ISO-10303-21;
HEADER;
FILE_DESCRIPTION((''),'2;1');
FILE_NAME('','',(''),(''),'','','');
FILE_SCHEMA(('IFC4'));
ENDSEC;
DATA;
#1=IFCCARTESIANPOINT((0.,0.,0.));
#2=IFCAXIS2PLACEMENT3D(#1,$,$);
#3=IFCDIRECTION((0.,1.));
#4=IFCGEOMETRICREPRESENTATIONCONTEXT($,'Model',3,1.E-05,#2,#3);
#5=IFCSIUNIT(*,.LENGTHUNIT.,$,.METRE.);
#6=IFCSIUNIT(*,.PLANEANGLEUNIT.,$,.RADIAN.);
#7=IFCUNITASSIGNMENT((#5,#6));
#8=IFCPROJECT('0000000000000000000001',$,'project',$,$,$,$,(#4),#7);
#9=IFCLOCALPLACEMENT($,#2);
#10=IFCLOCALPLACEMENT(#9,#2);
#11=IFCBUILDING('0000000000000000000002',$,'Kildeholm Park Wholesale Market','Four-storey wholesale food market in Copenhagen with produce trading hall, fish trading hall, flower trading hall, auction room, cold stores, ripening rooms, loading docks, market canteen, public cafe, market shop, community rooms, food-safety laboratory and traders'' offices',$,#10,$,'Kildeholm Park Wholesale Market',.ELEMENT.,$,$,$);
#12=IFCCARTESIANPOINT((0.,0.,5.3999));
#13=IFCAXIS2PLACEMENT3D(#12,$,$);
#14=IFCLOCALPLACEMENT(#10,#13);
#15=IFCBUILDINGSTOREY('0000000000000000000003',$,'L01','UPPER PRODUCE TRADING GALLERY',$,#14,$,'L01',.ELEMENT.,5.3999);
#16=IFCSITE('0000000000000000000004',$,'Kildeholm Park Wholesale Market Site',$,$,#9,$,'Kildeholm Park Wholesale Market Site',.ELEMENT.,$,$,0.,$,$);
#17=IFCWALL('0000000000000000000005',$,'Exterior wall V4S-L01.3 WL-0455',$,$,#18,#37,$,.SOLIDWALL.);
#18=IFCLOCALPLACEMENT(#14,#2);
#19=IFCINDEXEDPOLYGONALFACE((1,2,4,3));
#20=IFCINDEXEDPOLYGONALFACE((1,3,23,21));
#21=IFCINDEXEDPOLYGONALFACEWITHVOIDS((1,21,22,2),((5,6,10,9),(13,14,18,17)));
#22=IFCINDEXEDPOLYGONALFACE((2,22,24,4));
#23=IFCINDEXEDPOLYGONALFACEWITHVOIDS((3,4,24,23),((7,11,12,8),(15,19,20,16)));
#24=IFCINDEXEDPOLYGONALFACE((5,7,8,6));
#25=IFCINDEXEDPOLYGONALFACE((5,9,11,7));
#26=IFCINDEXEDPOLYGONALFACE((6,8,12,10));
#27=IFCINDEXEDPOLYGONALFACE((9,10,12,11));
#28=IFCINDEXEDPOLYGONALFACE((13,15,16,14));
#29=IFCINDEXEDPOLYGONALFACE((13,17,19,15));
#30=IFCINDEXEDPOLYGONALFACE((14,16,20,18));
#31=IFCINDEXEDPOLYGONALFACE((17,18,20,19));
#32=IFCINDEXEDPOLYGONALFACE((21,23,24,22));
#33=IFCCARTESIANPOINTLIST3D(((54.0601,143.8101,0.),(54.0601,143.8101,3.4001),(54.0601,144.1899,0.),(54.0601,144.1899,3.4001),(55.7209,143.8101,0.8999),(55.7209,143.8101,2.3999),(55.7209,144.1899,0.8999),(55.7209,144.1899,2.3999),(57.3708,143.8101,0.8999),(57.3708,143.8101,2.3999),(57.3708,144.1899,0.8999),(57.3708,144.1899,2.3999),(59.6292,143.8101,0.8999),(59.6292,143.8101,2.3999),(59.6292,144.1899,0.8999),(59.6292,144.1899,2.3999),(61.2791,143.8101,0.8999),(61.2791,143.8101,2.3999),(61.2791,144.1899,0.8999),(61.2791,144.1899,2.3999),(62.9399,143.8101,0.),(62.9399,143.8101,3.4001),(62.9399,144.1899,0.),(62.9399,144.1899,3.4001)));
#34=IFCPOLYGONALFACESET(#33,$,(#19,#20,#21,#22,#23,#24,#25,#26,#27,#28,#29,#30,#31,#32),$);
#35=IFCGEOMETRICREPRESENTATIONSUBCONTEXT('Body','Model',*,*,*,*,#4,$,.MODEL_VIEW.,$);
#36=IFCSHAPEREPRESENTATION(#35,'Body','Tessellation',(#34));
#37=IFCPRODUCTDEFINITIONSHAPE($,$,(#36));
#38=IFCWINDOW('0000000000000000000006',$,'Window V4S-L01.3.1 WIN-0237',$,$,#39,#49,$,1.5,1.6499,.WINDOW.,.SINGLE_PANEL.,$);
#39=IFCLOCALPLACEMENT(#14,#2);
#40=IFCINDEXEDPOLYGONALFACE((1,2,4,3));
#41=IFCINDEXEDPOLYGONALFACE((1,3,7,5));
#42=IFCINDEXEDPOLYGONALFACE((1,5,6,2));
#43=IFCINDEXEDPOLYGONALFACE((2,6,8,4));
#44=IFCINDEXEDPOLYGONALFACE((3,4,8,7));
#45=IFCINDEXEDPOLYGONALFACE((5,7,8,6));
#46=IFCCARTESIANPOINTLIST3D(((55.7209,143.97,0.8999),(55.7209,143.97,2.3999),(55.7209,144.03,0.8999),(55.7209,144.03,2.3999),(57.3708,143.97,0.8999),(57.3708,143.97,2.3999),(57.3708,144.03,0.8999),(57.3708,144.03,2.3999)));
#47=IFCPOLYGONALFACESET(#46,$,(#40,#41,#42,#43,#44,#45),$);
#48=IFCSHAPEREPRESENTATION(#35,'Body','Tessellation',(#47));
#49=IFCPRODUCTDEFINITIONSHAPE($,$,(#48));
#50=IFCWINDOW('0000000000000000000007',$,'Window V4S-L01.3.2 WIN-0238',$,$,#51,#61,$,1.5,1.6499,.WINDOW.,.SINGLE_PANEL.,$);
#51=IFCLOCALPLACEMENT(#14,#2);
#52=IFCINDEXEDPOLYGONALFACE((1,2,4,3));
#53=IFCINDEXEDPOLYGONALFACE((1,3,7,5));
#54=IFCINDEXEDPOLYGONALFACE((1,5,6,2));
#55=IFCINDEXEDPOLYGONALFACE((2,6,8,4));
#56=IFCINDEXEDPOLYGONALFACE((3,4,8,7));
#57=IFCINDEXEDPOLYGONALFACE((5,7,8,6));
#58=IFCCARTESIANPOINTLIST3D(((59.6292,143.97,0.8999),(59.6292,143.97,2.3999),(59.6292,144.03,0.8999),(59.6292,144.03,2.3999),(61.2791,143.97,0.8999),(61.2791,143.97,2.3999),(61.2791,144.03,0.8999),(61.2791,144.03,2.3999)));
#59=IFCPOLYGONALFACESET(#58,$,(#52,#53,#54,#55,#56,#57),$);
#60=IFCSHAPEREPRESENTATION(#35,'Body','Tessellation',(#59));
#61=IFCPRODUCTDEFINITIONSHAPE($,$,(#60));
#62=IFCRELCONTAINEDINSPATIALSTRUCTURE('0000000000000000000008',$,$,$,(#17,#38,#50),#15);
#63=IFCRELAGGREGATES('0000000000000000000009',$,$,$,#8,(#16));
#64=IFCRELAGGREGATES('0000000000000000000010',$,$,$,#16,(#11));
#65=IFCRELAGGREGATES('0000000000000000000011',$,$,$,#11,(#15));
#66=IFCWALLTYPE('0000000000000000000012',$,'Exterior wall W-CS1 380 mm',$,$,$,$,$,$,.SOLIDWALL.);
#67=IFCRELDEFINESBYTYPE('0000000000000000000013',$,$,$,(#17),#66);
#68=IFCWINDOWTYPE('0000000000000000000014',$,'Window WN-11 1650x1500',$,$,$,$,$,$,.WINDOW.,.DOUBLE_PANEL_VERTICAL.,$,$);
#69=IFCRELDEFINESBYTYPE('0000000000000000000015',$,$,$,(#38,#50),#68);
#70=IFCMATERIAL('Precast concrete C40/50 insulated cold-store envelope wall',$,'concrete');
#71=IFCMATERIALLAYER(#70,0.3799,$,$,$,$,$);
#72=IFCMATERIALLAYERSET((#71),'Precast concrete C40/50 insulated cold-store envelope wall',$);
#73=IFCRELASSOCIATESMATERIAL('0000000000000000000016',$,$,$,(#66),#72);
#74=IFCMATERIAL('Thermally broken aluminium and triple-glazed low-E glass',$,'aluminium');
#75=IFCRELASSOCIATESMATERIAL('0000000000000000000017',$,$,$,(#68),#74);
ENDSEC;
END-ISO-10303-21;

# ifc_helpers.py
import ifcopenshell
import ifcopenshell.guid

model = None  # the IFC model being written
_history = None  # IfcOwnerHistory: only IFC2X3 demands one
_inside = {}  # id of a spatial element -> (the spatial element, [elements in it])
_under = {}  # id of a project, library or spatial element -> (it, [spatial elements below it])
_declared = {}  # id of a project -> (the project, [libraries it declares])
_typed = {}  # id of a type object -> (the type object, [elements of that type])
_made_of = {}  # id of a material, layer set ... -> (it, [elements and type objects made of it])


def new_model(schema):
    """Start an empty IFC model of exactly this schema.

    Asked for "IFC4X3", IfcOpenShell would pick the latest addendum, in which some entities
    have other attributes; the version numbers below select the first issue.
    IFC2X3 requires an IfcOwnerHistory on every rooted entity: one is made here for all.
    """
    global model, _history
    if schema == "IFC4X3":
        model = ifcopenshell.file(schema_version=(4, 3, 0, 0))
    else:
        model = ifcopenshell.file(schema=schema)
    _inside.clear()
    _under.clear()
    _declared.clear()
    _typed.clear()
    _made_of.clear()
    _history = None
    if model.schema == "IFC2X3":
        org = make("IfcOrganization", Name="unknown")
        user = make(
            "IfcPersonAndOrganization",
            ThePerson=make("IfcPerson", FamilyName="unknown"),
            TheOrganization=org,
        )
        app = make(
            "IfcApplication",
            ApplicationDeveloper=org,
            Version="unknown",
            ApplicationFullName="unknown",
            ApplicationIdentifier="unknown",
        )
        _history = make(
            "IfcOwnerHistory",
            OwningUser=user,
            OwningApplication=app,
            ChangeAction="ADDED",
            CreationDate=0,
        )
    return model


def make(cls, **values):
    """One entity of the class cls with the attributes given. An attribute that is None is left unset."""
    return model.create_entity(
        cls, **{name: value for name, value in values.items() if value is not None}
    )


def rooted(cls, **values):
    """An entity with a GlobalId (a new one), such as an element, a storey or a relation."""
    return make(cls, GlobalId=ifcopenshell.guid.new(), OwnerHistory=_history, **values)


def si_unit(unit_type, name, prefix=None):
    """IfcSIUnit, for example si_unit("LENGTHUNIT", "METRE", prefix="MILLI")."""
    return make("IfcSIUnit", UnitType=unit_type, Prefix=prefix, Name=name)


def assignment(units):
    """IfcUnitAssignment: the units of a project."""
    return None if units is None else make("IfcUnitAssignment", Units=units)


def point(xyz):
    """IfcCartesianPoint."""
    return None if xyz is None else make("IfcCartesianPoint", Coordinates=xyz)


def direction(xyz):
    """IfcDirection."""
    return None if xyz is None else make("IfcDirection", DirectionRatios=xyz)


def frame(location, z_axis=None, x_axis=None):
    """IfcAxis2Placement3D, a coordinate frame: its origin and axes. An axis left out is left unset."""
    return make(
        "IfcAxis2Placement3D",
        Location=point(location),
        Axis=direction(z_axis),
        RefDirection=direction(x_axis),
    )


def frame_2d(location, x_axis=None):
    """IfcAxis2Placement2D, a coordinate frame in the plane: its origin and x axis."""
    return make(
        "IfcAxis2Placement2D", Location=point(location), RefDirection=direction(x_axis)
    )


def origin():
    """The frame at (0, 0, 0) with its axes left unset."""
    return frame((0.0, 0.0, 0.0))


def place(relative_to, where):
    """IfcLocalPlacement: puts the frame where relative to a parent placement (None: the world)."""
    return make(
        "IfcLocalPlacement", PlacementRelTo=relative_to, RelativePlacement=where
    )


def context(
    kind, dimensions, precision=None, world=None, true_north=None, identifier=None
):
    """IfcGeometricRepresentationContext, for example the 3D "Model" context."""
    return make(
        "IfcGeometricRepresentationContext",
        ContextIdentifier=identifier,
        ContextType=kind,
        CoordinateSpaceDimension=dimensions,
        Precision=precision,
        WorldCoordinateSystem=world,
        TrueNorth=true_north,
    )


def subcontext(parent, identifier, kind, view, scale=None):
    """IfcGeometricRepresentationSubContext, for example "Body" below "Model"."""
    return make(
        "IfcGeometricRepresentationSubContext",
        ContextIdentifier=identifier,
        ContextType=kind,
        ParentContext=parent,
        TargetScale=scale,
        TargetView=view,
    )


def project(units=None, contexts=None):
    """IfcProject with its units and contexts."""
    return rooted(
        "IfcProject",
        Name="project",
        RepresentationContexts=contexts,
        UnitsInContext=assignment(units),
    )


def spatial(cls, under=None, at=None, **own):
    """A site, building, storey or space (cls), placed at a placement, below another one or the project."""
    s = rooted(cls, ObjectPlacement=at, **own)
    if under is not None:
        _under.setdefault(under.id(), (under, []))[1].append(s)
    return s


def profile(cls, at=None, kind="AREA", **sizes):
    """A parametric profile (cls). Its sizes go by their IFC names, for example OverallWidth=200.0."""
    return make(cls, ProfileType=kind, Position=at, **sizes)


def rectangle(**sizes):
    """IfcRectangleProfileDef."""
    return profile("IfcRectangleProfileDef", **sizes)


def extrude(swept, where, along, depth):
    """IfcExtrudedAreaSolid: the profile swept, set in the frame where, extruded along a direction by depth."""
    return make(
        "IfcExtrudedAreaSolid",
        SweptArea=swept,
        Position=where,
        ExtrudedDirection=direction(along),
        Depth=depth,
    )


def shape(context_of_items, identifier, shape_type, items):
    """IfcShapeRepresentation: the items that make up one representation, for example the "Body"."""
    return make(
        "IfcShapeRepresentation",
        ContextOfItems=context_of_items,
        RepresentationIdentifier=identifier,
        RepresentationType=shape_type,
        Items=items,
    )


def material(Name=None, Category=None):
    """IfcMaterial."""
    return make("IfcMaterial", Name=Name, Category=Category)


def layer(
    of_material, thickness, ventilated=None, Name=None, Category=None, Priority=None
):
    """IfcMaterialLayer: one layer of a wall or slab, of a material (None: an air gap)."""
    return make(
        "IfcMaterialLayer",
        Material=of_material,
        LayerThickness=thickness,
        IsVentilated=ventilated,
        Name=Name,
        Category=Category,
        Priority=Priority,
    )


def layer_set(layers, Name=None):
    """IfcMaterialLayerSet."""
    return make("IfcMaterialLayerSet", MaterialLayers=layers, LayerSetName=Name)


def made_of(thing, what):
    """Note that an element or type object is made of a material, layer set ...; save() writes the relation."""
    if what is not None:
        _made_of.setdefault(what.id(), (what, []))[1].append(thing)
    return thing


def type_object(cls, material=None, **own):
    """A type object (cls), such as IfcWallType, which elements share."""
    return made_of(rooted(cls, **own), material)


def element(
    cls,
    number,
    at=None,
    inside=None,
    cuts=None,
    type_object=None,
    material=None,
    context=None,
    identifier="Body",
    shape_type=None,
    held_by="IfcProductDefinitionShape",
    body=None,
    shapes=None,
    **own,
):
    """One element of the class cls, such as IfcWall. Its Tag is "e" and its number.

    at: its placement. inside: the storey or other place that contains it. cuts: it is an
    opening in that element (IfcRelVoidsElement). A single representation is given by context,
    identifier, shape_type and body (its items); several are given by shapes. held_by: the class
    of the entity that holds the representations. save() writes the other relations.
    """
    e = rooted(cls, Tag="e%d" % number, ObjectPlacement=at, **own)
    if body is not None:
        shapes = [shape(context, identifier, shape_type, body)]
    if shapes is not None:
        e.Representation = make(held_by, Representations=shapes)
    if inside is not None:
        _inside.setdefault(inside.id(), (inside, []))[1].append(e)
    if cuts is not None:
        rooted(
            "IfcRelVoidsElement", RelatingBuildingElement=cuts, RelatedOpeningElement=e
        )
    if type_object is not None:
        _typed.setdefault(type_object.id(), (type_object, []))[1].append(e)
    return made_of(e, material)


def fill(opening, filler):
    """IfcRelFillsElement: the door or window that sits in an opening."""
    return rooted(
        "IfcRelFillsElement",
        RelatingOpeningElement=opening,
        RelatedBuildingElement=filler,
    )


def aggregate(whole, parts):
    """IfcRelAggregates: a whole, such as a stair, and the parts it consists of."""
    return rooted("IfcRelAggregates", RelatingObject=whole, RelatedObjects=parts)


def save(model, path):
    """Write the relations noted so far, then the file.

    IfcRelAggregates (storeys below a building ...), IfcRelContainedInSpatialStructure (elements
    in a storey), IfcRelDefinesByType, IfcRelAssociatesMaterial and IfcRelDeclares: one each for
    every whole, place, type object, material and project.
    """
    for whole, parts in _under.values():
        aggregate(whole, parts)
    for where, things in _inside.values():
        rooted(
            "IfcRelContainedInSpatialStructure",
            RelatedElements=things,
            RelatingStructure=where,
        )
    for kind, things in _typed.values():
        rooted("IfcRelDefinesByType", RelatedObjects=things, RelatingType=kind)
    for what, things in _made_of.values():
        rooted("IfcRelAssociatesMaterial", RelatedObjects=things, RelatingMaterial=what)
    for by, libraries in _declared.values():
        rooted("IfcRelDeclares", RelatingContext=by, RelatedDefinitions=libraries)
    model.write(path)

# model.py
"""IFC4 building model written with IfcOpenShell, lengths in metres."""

from ifc_helpers import new_model, si_unit, direction, frame, frame_2d, origin, place, context, subcontext, project, spatial, rectangle, extrude, material, layer, layer_set, type_object, element, fill, save


model = new_model("IFC4")

# Units and contexts
model_context = context("Model", 3, precision=1e-05, world=origin(), true_north=direction((0.0, 1.0)))
body_context = subcontext(model_context, "Body", "Model", "MODEL_VIEW")
ifc_project = project(units=[si_unit("LENGTHUNIT", "METRE"), si_unit("PLANEANGLEUNIT", "RADIAN")], contexts=[model_context])

# Site, building, storey
site_placement = place(None, origin())
site = spatial("IfcSite", under=ifc_project, at=site_placement, Name="Kildeholm Park Wholesale Market Site", LongName="Kildeholm Park Wholesale Market Site", CompositionType="ELEMENT", RefElevation=0.0)
building_placement = place(site_placement, origin())
building = spatial("IfcBuilding", under=site, at=building_placement, Name="Kildeholm Park Wholesale Market", Description="Four-storey wholesale food market in Copenhagen with produce trading hall, fish trading hall, flower trading hall, auction room, cold stores, ripening rooms, loading docks, market canteen, public cafe, market shop, community rooms, food-safety laboratory and traders' offices", LongName="Kildeholm Park Wholesale Market", CompositionType="ELEMENT")
storey_placement = place(building_placement, frame((0.0, 0.0, 5.3999)))
storey = spatial("IfcBuildingStorey", under=building, at=storey_placement, Name="L01", Description="UPPER PRODUCE TRADING GALLERY", LongName="L01", CompositionType="ELEMENT", Elevation=5.3999)

# Wall, openings, windows
ifc_material_1 = material(Name="Precast concrete C40/50 insulated cold-store envelope wall", Category="concrete")
ifc_layer = layer(ifc_material_1, 0.3799)
ifc_layer_set = layer_set([ifc_layer], Name="Precast concrete C40/50 insulated cold-store envelope wall")
wall_type = type_object("IfcWallType", Name="Exterior wall W-CS1 380 mm", PredefinedType="SOLIDWALL", material=ifc_layer_set)
ifc_material_2 = material(Name="Thermally broken aluminium and triple-glazed low-E glass", Category="aluminium")
window_type_1 = type_object("IfcWindowType", Name="Window WN-11 1650x1500", PartitioningType="DOUBLE_PANEL_VERTICAL", PredefinedType="WINDOW", material=ifc_material_2)
wall_1_placement = place(storey_placement, frame((54.0601, 144.0, 0.0), z_axis=(0.0, 0.0, 1.0), x_axis=(1.0, 0.0, 0.0)))
wall_1 = element("IfcWall", 1, at=wall_1_placement, inside=storey, type_object=wall_type, Name="Exterior wall V4S-L01.3 WL-0455", PredefinedType="SOLIDWALL", context=body_context, shape_type="SweptSolid", body=[
    extrude(rectangle(XDim=8.8799, YDim=0.3799, at=frame_2d((4.4399, 0.0))), origin(), (0.0, 0.0, 1.0), 3.4001),
])
opening_1_placement = place(wall_1_placement, frame((1.6609, 0.0, 0.8999)))
opening_1 = element("IfcOpeningElement", 2, at=opening_1_placement, cuts=wall_1, PredefinedType="OPENING", context=body_context, shape_type="SweptSolid", body=[
    extrude(rectangle(XDim=1.6499, YDim=1.5, at=frame_2d((0.825, 0.75))), frame((0.0, 0.2, 0.0), z_axis=(0.0, -1.0, 0.0), x_axis=(1.0, 0.0, 0.0)), (0.0, 0.0, 1.0), 0.3999),
])
opening_2_placement = place(wall_1_placement, frame((5.5691, 0.0, 0.8999)))
opening_2 = element("IfcOpeningElement", 3, at=opening_2_placement, cuts=wall_1, PredefinedType="OPENING", context=body_context, shape_type="SweptSolid", body=[
    extrude(rectangle(XDim=1.6499, YDim=1.5, at=frame_2d((0.825, 0.75))), frame((0.0, 0.2, 0.0), z_axis=(0.0, -1.0, 0.0), x_axis=(1.0, 0.0, 0.0)), (0.0, 0.0, 1.0), 0.3999),
])
window_1_placement = place(opening_1_placement, origin())
window_1 = element("IfcWindow", 4, at=window_1_placement, inside=storey, type_object=window_type_1, Name="Window V4S-L01.3.1 WIN-0237", OverallHeight=1.5, OverallWidth=1.6499, PartitioningType="SINGLE_PANEL", PredefinedType="WINDOW", context=body_context, shape_type="SweptSolid", body=[
    extrude(rectangle(XDim=1.6499, YDim=1.5, at=frame_2d((0.825, 0.75))), frame((0.0, 0.03, 0.0), z_axis=(0.0, -1.0, 0.0), x_axis=(1.0, 0.0, 0.0)), (0.0, 0.0, 1.0), 0.0601),
])
fill(opening_1, window_1)
window_2_placement = place(opening_2_placement, origin())
window_2 = element("IfcWindow", 5, at=window_2_placement, inside=storey, type_object=window_type_1, Name="Window V4S-L01.3.2 WIN-0238", OverallHeight=1.5, OverallWidth=1.6499, PartitioningType="SINGLE_PANEL", PredefinedType="WINDOW", context=body_context, shape_type="SweptSolid", body=[
    extrude(rectangle(XDim=1.6499, YDim=1.5, at=frame_2d((0.825, 0.75))), frame((0.0, 0.03, 0.0), z_axis=(0.0, -1.0, 0.0), x_axis=(1.0, 0.0, 0.0)), (0.0, 0.0, 1.0), 0.0601),
])
fill(opening_2, window_2)

save(model, "model.ifc")
